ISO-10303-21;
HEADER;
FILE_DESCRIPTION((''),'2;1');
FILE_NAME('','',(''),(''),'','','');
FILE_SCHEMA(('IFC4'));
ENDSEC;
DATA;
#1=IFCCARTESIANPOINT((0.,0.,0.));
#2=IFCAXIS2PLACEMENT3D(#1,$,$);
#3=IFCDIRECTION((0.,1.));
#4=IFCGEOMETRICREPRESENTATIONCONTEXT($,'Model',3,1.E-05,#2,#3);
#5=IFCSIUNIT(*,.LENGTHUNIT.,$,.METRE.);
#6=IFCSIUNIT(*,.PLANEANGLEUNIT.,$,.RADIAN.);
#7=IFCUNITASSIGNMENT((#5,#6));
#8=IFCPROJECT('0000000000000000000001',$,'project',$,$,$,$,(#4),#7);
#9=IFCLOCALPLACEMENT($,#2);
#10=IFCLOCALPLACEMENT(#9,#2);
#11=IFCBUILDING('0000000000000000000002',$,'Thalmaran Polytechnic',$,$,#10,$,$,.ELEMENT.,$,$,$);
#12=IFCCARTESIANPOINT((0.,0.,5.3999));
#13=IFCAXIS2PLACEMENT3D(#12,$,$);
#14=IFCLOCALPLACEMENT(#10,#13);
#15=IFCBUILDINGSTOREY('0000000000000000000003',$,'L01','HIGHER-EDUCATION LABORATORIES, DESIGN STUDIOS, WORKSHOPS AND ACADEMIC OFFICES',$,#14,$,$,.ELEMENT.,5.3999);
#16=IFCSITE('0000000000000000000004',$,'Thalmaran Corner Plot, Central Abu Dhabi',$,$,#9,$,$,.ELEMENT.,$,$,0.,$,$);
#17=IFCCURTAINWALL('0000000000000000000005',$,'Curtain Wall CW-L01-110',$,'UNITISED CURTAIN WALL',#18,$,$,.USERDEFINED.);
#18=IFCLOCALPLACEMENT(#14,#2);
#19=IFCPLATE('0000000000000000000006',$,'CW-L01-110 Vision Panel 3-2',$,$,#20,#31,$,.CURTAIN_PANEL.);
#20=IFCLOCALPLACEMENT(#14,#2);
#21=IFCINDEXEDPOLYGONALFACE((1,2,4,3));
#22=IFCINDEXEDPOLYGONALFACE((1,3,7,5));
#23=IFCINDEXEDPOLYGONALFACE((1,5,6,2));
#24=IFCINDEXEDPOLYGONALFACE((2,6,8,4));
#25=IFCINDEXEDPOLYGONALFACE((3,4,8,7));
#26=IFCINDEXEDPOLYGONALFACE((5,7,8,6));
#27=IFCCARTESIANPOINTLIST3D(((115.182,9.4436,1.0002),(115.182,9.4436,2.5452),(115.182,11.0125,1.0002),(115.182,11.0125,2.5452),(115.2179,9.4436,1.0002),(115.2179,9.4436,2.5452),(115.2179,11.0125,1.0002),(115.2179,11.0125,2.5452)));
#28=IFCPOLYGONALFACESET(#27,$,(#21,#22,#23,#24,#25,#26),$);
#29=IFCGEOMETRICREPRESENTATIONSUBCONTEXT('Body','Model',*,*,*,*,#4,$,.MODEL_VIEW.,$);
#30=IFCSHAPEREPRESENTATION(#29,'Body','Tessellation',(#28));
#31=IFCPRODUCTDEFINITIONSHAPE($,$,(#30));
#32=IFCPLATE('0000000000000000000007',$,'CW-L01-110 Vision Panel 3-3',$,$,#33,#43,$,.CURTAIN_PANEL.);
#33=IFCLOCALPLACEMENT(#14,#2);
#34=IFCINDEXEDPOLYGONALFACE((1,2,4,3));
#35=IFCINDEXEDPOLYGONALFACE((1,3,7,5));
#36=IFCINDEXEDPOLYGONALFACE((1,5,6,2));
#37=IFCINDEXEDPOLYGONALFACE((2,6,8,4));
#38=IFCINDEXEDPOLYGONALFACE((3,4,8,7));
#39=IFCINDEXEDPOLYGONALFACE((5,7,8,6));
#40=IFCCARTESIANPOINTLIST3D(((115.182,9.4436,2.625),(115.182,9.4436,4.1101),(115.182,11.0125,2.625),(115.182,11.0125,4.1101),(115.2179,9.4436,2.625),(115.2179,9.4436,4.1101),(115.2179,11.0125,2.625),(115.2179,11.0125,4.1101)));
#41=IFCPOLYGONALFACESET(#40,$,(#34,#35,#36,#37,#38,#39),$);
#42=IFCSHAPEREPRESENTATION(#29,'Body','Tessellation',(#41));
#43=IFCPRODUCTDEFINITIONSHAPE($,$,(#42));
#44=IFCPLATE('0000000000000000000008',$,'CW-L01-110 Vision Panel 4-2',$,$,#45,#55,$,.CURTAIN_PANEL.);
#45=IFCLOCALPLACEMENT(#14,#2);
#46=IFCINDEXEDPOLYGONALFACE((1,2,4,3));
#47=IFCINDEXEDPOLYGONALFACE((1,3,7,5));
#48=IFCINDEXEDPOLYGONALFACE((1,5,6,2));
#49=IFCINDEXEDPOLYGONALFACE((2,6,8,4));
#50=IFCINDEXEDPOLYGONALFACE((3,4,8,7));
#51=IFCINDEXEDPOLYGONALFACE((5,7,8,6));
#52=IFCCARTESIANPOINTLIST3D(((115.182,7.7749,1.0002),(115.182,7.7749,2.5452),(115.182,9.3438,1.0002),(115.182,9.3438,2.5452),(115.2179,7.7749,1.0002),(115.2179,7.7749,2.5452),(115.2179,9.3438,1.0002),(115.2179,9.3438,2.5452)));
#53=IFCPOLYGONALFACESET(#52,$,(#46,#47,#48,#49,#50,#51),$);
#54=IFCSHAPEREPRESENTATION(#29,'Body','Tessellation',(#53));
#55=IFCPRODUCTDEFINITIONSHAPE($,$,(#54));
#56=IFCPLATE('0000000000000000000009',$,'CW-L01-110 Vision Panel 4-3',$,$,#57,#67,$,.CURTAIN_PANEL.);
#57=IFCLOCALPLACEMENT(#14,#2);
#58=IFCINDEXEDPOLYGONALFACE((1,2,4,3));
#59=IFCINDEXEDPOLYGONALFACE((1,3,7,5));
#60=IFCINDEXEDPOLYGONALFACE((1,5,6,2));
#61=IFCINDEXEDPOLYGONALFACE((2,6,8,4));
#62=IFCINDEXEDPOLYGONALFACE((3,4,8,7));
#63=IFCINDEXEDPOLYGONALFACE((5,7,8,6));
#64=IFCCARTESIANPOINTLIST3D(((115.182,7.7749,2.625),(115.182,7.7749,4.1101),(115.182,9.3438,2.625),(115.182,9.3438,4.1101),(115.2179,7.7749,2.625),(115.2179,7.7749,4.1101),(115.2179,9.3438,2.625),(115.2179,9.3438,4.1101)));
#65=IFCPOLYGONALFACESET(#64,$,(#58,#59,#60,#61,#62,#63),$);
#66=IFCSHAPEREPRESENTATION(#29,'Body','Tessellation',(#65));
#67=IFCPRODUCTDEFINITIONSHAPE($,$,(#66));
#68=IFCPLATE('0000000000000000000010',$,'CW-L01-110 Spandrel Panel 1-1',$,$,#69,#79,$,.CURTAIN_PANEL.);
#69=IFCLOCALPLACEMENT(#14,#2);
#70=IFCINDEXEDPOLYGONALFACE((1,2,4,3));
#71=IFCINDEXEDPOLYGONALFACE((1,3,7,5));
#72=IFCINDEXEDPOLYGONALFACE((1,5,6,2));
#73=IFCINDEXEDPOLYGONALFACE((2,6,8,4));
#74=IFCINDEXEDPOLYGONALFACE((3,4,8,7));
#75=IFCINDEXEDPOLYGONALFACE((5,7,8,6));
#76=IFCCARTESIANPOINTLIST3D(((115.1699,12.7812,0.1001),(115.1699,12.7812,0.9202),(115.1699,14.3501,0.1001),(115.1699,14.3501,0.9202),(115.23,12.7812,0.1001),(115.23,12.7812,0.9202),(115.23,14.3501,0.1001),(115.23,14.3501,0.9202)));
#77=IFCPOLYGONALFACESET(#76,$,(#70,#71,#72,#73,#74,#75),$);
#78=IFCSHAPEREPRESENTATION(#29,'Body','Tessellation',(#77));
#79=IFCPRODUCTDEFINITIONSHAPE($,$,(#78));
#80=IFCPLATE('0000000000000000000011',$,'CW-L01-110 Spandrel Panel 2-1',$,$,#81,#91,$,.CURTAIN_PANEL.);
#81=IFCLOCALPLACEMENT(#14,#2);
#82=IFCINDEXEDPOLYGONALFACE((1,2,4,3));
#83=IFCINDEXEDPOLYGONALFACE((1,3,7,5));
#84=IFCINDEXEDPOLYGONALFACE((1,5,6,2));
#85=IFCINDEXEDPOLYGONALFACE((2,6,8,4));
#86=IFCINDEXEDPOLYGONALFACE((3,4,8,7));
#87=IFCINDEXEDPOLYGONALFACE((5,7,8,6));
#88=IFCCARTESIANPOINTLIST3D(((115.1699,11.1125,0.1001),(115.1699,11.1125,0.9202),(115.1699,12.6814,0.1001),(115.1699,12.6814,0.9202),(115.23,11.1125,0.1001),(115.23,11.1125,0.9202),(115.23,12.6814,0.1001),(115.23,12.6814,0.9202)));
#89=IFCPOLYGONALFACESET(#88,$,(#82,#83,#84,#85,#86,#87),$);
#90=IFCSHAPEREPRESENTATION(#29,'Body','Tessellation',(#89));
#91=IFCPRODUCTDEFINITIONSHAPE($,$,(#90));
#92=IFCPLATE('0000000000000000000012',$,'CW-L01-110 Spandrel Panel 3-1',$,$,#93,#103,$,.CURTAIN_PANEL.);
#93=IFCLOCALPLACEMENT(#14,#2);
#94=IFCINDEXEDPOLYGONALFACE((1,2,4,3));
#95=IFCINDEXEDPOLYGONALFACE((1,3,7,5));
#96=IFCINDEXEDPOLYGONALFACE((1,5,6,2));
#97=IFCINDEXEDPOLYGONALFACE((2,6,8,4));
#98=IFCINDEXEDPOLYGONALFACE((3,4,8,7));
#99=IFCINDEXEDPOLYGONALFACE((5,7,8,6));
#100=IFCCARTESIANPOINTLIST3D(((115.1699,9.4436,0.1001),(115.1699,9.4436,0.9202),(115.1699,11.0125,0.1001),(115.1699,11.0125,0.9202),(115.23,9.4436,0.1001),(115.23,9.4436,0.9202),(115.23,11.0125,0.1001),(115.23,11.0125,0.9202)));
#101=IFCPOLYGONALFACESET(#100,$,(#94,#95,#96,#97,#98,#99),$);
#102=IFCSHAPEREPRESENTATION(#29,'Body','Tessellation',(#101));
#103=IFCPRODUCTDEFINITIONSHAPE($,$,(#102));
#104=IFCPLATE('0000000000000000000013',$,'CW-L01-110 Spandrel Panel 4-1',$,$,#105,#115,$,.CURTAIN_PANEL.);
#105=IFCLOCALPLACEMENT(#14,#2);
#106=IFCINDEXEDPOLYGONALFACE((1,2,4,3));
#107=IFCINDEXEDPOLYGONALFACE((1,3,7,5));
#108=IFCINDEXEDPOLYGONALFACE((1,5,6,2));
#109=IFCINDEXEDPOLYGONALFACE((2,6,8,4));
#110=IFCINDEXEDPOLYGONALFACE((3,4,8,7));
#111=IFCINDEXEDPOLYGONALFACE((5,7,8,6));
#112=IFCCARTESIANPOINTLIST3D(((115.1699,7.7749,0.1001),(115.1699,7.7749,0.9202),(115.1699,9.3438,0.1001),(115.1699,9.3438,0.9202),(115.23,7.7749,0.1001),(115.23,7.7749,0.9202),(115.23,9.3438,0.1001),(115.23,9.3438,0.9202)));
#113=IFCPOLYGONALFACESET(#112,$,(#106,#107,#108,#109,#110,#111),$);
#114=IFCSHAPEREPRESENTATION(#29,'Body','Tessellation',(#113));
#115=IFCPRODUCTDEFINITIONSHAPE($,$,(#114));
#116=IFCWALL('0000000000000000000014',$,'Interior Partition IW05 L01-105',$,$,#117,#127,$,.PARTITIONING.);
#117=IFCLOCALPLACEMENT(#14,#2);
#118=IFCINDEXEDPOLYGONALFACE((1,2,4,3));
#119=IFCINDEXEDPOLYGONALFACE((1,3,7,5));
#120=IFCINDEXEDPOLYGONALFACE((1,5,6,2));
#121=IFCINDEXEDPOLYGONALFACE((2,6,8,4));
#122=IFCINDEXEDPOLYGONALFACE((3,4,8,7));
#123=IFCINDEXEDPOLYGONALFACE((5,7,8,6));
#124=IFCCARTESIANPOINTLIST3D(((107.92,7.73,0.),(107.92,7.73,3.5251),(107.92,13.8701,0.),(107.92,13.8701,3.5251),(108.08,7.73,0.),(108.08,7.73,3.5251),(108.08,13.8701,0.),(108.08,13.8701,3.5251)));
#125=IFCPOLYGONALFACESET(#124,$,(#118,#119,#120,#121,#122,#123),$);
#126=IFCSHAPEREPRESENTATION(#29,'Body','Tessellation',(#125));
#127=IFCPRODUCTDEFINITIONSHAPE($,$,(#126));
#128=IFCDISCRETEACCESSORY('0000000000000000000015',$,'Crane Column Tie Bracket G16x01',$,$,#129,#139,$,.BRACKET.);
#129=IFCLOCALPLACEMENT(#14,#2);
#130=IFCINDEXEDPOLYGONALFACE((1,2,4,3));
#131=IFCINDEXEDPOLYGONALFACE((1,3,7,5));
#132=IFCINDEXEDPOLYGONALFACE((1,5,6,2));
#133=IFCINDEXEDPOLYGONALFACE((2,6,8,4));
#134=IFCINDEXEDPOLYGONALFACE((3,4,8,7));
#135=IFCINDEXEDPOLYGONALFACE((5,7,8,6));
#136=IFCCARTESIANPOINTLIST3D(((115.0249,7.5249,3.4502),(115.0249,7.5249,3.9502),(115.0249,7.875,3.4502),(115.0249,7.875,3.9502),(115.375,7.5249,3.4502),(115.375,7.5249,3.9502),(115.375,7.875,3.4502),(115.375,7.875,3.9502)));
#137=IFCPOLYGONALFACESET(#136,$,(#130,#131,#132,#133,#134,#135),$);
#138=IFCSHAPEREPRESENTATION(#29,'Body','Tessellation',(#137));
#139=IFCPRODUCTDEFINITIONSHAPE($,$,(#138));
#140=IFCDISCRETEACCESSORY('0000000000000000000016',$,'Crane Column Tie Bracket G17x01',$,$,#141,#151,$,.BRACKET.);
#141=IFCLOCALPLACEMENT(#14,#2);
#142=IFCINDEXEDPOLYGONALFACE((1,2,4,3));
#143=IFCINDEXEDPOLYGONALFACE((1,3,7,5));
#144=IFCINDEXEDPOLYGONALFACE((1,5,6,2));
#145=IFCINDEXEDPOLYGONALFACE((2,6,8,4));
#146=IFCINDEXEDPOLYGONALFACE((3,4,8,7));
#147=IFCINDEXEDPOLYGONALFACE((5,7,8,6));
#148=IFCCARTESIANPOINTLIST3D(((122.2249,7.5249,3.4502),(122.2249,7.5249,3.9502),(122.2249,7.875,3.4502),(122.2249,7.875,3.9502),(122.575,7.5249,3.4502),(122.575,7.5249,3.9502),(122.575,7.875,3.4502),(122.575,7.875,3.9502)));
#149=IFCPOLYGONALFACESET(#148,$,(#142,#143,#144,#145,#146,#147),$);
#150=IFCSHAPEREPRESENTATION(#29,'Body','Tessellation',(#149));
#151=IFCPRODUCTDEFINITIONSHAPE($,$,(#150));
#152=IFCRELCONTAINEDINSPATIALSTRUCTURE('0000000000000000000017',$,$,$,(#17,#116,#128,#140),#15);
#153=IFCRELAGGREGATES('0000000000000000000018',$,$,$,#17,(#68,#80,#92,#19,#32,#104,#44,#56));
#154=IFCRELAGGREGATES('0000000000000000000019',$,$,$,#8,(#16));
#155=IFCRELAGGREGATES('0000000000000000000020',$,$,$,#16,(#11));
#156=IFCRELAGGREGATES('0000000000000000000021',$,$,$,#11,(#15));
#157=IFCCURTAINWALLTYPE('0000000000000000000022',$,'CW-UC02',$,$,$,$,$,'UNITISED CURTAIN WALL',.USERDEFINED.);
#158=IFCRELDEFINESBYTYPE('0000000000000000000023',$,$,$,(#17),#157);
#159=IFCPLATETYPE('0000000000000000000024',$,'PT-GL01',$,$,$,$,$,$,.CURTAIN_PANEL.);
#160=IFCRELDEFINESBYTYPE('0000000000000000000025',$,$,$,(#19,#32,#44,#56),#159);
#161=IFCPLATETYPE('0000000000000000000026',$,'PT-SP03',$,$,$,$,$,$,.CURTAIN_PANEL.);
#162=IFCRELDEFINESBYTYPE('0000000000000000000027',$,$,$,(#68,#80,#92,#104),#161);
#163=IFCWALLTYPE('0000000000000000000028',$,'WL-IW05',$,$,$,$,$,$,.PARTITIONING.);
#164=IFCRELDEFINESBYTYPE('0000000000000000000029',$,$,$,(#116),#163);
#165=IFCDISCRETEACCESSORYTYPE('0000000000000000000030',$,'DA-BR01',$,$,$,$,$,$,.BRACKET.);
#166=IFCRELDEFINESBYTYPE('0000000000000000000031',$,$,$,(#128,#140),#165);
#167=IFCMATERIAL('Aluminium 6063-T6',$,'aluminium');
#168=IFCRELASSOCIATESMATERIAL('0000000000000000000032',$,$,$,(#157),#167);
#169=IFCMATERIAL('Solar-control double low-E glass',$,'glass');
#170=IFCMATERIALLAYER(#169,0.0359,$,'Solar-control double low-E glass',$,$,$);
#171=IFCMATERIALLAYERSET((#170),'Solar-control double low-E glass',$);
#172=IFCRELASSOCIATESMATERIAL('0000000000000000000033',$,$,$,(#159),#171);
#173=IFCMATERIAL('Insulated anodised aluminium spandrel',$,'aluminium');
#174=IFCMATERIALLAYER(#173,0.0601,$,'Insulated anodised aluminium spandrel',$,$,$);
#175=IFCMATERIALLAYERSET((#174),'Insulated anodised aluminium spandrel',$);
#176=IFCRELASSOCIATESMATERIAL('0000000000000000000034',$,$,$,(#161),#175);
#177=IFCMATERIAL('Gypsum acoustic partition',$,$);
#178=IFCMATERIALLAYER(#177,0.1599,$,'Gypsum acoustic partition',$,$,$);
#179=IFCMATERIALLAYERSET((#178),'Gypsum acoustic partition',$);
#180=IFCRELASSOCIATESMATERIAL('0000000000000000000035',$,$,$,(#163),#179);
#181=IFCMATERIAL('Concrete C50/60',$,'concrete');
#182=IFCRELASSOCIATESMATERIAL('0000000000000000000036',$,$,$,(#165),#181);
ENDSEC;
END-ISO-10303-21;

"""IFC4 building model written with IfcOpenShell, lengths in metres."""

from ifc_helpers import new_model, si_unit, direction, frame, frame_2d, origin, origin_2d, place, context, subcontext, project, spatial, rectangle, extrude, material, layer, layer_set, type_object, element, aggregate, save


model = new_model("IFC4")

# Units and contexts
model_context = context("Model", 3, precision=1e-05, world=origin(), true_north=direction((0.0, 1.0)))
body_context = subcontext(model_context, "Body", "Model", "MODEL_VIEW")
ifc_project = project(units=[si_unit("LENGTHUNIT", "METRE"), si_unit("PLANEANGLEUNIT", "RADIAN")], contexts=[model_context])

# Site, building, storey
site_placement = place(None, origin())
site = spatial("IfcSite", under=ifc_project, at=site_placement, Name="Thalmaran Corner Plot, Central Abu Dhabi", CompositionType="ELEMENT", RefElevation=0.0)
building_placement = place(site_placement, origin())
building = spatial("IfcBuilding", under=site, at=building_placement, Name="Thalmaran Polytechnic", CompositionType="ELEMENT")
storey_placement = place(building_placement, frame((0.0, 0.0, 5.3999)))
storey = spatial("IfcBuildingStorey", under=building, at=storey_placement, Name="L01", Description="HIGHER-EDUCATION LABORATORIES, DESIGN STUDIOS, WORKSHOPS AND ACADEMIC OFFICES", CompositionType="ELEMENT", Elevation=5.3999)

# Shared definitions
ifc_material_1 = material(Name="Concrete C50/60", Category="concrete")

# Shared definitions
ifc_material_2 = material(Name="Aluminium 6063-T6", Category="aluminium")
curtain_wall_type = type_object("IfcCurtainWallType", Name="CW-UC02", ElementType="UNITISED CURTAIN WALL", PredefinedType="USERDEFINED", material=ifc_material_2)

# Curtain wall
curtain_wall_1_placement = place(storey_placement, origin())
curtain_wall_1 = element("IfcCurtainWall", 1, at=curtain_wall_1_placement, inside=storey, type_object=curtain_wall_type, Name="Curtain Wall CW-L01-110", ObjectType="UNITISED CURTAIN WALL", PredefinedType="USERDEFINED")

# Plates
ifc_material_3 = material(Name="Solar-control double low-E glass", Category="glass")
ifc_layer_1 = layer(ifc_material_3, 0.0359, Name="Solar-control double low-E glass")
ifc_layer_set_1 = layer_set([ifc_layer_1], Name="Solar-control double low-E glass")
plate_type_1 = type_object("IfcPlateType", Name="PT-GL01", PredefinedType="CURTAIN_PANEL", material=ifc_layer_set_1)
plate_1_placement = place(storey_placement, frame((115.2, 10.228, 1.0002), z_axis=(0.0, 0.0, 1.0), x_axis=(0.0, -1.0, 0.0)))
plate_1 = element("IfcPlate", 2, at=plate_1_placement, type_object=plate_type_1, Name="CW-L01-110 Vision Panel 3-2", PredefinedType="CURTAIN_PANEL", context=body_context, shape_type="SweptSolid", body=[
    extrude(rectangle(XDim=1.5688, YDim=0.0359, at=origin_2d()), origin(), (0.0, 0.0, 1.0), 1.5449),
])
plate_2_placement = place(storey_placement, frame((115.2, 10.228, 2.625), z_axis=(0.0, 0.0, 1.0), x_axis=(0.0, -1.0, 0.0)))
plate_2 = element("IfcPlate", 3, at=plate_2_placement, type_object=plate_type_1, Name="CW-L01-110 Vision Panel 3-3", PredefinedType="CURTAIN_PANEL", context=body_context, shape_type="SweptSolid", body=[
    extrude(rectangle(XDim=1.5688, YDim=0.0359, at=origin_2d()), origin(), (0.0, 0.0, 1.0), 1.4851),
])
plate_3_placement = place(storey_placement, frame((115.2, 8.5593, 1.0002), z_axis=(0.0, 0.0, 1.0), x_axis=(0.0, -1.0, 0.0)))
plate_3 = element("IfcPlate", 4, at=plate_3_placement, type_object=plate_type_1, Name="CW-L01-110 Vision Panel 4-2", PredefinedType="CURTAIN_PANEL", context=body_context, shape_type="SweptSolid", body=[
    extrude(rectangle(XDim=1.5688, YDim=0.0359, at=origin_2d()), origin(), (0.0, 0.0, 1.0), 1.5449),
])
plate_4_placement = place(storey_placement, frame((115.2, 8.5593, 2.625), z_axis=(0.0, 0.0, 1.0), x_axis=(0.0, -1.0, 0.0)))
plate_4 = element("IfcPlate", 5, at=plate_4_placement, type_object=plate_type_1, Name="CW-L01-110 Vision Panel 4-3", PredefinedType="CURTAIN_PANEL", context=body_context, shape_type="SweptSolid", body=[
    extrude(rectangle(XDim=1.5688, YDim=0.0359, at=origin_2d()), origin(), (0.0, 0.0, 1.0), 1.4851),
])
ifc_material_4 = material(Name="Insulated anodised aluminium spandrel", Category="aluminium")
ifc_layer_2 = layer(ifc_material_4, 0.0601, Name="Insulated anodised aluminium spandrel")
ifc_layer_set_2 = layer_set([ifc_layer_2], Name="Insulated anodised aluminium spandrel")
plate_type_2 = type_object("IfcPlateType", Name="PT-SP03", PredefinedType="CURTAIN_PANEL", material=ifc_layer_set_2)
plate_5_placement = place(storey_placement, frame((115.2, 13.5657, 0.1001), z_axis=(0.0, 0.0, 1.0), x_axis=(0.0, -1.0, 0.0)))
plate_5 = element("IfcPlate", 6, at=plate_5_placement, type_object=plate_type_2, Name="CW-L01-110 Spandrel Panel 1-1", PredefinedType="CURTAIN_PANEL", context=body_context, shape_type="SweptSolid", body=[
    extrude(rectangle(XDim=1.5688, YDim=0.0601, at=origin_2d()), origin(), (0.0, 0.0, 1.0), 0.8201),
])
plate_6_placement = place(storey_placement, frame((115.2, 11.897, 0.1001), z_axis=(0.0, 0.0, 1.0), x_axis=(0.0, -1.0, 0.0)))
plate_6 = element("IfcPlate", 7, at=plate_6_placement, type_object=plate_type_2, Name="CW-L01-110 Spandrel Panel 2-1", PredefinedType="CURTAIN_PANEL", context=body_context, shape_type="SweptSolid", body=[
    extrude(rectangle(XDim=1.5688, YDim=0.0601, at=origin_2d()), origin(), (0.0, 0.0, 1.0), 0.8201),
])
plate_7_placement = place(storey_placement, frame((115.2, 10.228, 0.1001), z_axis=(0.0, 0.0, 1.0), x_axis=(0.0, -1.0, 0.0)))
plate_7 = element("IfcPlate", 8, at=plate_7_placement, type_object=plate_type_2, Name="CW-L01-110 Spandrel Panel 3-1", PredefinedType="CURTAIN_PANEL", context=body_context, shape_type="SweptSolid", body=[
    extrude(rectangle(XDim=1.5688, YDim=0.0601, at=origin_2d()), origin(), (0.0, 0.0, 1.0), 0.8201),
])
plate_8_placement = place(storey_placement, frame((115.2, 8.5593, 0.1001), z_axis=(0.0, 0.0, 1.0), x_axis=(0.0, -1.0, 0.0)))
plate_8 = element("IfcPlate", 9, at=plate_8_placement, type_object=plate_type_2, Name="CW-L01-110 Spandrel Panel 4-1", PredefinedType="CURTAIN_PANEL", context=body_context, shape_type="SweptSolid", body=[
    extrude(rectangle(XDim=1.5688, YDim=0.0601, at=origin_2d()), origin(), (0.0, 0.0, 1.0), 0.8201),
])
aggregate(curtain_wall_1, [plate_5, plate_6, plate_7, plate_1, plate_2, plate_8, plate_3, plate_4])

# Wall
ifc_material_5 = material(Name="Gypsum acoustic partition")
ifc_layer_3 = layer(ifc_material_5, 0.1599, Name="Gypsum acoustic partition")
ifc_layer_set_3 = layer_set([ifc_layer_3], Name="Gypsum acoustic partition")
wall_type = type_object("IfcWallType", Name="WL-IW05", PredefinedType="PARTITIONING", material=ifc_layer_set_3)
wall_placement = place(storey_placement, frame((108.0, 7.73, 0.0), z_axis=(0.0, 0.0, 1.0), x_axis=(0.0, 1.0, 0.0)))
element("IfcWall", 10, at=wall_placement, inside=storey, type_object=wall_type, Name="Interior Partition IW05 L01-105", PredefinedType="PARTITIONING", context=body_context, shape_type="SweptSolid", body=[
    extrude(rectangle(XDim=6.1401, YDim=0.1599, at=frame_2d((3.0701, 0.0))), origin(), (0.0, 0.0, 1.0), 3.5251),
])

# Discrete accessories
discrete_accessory_type = type_object("IfcDiscreteAccessoryType", Name="DA-BR01", PredefinedType="BRACKET", material=ifc_material_1)
for number, where, z_axis, x_axis, name in (
    (11, (115.2, 7.7, 3.4502), (0.0, 0.0, 1.0), (1.0, 0.0, 0.0), "Crane Column Tie Bracket G16x01"),
    (12, (122.3999, 7.7, 3.4502), (0.0, 0.0, 1.0), (1.0, 0.0, 0.0), "Crane Column Tie Bracket G17x01"),
):
    element("IfcDiscreteAccessory", number, at=place(storey_placement, frame(where, z_axis=z_axis, x_axis=x_axis)), inside=storey, type_object=discrete_accessory_type, Name=name, PredefinedType="BRACKET", context=body_context, shape_type="SweptSolid", body=[
        extrude(rectangle(XDim=0.3501, YDim=0.3501, at=origin_2d()), origin(), (0.0, 0.0, 1.0), 0.5),
    ])

save(model, "model.ifc")
